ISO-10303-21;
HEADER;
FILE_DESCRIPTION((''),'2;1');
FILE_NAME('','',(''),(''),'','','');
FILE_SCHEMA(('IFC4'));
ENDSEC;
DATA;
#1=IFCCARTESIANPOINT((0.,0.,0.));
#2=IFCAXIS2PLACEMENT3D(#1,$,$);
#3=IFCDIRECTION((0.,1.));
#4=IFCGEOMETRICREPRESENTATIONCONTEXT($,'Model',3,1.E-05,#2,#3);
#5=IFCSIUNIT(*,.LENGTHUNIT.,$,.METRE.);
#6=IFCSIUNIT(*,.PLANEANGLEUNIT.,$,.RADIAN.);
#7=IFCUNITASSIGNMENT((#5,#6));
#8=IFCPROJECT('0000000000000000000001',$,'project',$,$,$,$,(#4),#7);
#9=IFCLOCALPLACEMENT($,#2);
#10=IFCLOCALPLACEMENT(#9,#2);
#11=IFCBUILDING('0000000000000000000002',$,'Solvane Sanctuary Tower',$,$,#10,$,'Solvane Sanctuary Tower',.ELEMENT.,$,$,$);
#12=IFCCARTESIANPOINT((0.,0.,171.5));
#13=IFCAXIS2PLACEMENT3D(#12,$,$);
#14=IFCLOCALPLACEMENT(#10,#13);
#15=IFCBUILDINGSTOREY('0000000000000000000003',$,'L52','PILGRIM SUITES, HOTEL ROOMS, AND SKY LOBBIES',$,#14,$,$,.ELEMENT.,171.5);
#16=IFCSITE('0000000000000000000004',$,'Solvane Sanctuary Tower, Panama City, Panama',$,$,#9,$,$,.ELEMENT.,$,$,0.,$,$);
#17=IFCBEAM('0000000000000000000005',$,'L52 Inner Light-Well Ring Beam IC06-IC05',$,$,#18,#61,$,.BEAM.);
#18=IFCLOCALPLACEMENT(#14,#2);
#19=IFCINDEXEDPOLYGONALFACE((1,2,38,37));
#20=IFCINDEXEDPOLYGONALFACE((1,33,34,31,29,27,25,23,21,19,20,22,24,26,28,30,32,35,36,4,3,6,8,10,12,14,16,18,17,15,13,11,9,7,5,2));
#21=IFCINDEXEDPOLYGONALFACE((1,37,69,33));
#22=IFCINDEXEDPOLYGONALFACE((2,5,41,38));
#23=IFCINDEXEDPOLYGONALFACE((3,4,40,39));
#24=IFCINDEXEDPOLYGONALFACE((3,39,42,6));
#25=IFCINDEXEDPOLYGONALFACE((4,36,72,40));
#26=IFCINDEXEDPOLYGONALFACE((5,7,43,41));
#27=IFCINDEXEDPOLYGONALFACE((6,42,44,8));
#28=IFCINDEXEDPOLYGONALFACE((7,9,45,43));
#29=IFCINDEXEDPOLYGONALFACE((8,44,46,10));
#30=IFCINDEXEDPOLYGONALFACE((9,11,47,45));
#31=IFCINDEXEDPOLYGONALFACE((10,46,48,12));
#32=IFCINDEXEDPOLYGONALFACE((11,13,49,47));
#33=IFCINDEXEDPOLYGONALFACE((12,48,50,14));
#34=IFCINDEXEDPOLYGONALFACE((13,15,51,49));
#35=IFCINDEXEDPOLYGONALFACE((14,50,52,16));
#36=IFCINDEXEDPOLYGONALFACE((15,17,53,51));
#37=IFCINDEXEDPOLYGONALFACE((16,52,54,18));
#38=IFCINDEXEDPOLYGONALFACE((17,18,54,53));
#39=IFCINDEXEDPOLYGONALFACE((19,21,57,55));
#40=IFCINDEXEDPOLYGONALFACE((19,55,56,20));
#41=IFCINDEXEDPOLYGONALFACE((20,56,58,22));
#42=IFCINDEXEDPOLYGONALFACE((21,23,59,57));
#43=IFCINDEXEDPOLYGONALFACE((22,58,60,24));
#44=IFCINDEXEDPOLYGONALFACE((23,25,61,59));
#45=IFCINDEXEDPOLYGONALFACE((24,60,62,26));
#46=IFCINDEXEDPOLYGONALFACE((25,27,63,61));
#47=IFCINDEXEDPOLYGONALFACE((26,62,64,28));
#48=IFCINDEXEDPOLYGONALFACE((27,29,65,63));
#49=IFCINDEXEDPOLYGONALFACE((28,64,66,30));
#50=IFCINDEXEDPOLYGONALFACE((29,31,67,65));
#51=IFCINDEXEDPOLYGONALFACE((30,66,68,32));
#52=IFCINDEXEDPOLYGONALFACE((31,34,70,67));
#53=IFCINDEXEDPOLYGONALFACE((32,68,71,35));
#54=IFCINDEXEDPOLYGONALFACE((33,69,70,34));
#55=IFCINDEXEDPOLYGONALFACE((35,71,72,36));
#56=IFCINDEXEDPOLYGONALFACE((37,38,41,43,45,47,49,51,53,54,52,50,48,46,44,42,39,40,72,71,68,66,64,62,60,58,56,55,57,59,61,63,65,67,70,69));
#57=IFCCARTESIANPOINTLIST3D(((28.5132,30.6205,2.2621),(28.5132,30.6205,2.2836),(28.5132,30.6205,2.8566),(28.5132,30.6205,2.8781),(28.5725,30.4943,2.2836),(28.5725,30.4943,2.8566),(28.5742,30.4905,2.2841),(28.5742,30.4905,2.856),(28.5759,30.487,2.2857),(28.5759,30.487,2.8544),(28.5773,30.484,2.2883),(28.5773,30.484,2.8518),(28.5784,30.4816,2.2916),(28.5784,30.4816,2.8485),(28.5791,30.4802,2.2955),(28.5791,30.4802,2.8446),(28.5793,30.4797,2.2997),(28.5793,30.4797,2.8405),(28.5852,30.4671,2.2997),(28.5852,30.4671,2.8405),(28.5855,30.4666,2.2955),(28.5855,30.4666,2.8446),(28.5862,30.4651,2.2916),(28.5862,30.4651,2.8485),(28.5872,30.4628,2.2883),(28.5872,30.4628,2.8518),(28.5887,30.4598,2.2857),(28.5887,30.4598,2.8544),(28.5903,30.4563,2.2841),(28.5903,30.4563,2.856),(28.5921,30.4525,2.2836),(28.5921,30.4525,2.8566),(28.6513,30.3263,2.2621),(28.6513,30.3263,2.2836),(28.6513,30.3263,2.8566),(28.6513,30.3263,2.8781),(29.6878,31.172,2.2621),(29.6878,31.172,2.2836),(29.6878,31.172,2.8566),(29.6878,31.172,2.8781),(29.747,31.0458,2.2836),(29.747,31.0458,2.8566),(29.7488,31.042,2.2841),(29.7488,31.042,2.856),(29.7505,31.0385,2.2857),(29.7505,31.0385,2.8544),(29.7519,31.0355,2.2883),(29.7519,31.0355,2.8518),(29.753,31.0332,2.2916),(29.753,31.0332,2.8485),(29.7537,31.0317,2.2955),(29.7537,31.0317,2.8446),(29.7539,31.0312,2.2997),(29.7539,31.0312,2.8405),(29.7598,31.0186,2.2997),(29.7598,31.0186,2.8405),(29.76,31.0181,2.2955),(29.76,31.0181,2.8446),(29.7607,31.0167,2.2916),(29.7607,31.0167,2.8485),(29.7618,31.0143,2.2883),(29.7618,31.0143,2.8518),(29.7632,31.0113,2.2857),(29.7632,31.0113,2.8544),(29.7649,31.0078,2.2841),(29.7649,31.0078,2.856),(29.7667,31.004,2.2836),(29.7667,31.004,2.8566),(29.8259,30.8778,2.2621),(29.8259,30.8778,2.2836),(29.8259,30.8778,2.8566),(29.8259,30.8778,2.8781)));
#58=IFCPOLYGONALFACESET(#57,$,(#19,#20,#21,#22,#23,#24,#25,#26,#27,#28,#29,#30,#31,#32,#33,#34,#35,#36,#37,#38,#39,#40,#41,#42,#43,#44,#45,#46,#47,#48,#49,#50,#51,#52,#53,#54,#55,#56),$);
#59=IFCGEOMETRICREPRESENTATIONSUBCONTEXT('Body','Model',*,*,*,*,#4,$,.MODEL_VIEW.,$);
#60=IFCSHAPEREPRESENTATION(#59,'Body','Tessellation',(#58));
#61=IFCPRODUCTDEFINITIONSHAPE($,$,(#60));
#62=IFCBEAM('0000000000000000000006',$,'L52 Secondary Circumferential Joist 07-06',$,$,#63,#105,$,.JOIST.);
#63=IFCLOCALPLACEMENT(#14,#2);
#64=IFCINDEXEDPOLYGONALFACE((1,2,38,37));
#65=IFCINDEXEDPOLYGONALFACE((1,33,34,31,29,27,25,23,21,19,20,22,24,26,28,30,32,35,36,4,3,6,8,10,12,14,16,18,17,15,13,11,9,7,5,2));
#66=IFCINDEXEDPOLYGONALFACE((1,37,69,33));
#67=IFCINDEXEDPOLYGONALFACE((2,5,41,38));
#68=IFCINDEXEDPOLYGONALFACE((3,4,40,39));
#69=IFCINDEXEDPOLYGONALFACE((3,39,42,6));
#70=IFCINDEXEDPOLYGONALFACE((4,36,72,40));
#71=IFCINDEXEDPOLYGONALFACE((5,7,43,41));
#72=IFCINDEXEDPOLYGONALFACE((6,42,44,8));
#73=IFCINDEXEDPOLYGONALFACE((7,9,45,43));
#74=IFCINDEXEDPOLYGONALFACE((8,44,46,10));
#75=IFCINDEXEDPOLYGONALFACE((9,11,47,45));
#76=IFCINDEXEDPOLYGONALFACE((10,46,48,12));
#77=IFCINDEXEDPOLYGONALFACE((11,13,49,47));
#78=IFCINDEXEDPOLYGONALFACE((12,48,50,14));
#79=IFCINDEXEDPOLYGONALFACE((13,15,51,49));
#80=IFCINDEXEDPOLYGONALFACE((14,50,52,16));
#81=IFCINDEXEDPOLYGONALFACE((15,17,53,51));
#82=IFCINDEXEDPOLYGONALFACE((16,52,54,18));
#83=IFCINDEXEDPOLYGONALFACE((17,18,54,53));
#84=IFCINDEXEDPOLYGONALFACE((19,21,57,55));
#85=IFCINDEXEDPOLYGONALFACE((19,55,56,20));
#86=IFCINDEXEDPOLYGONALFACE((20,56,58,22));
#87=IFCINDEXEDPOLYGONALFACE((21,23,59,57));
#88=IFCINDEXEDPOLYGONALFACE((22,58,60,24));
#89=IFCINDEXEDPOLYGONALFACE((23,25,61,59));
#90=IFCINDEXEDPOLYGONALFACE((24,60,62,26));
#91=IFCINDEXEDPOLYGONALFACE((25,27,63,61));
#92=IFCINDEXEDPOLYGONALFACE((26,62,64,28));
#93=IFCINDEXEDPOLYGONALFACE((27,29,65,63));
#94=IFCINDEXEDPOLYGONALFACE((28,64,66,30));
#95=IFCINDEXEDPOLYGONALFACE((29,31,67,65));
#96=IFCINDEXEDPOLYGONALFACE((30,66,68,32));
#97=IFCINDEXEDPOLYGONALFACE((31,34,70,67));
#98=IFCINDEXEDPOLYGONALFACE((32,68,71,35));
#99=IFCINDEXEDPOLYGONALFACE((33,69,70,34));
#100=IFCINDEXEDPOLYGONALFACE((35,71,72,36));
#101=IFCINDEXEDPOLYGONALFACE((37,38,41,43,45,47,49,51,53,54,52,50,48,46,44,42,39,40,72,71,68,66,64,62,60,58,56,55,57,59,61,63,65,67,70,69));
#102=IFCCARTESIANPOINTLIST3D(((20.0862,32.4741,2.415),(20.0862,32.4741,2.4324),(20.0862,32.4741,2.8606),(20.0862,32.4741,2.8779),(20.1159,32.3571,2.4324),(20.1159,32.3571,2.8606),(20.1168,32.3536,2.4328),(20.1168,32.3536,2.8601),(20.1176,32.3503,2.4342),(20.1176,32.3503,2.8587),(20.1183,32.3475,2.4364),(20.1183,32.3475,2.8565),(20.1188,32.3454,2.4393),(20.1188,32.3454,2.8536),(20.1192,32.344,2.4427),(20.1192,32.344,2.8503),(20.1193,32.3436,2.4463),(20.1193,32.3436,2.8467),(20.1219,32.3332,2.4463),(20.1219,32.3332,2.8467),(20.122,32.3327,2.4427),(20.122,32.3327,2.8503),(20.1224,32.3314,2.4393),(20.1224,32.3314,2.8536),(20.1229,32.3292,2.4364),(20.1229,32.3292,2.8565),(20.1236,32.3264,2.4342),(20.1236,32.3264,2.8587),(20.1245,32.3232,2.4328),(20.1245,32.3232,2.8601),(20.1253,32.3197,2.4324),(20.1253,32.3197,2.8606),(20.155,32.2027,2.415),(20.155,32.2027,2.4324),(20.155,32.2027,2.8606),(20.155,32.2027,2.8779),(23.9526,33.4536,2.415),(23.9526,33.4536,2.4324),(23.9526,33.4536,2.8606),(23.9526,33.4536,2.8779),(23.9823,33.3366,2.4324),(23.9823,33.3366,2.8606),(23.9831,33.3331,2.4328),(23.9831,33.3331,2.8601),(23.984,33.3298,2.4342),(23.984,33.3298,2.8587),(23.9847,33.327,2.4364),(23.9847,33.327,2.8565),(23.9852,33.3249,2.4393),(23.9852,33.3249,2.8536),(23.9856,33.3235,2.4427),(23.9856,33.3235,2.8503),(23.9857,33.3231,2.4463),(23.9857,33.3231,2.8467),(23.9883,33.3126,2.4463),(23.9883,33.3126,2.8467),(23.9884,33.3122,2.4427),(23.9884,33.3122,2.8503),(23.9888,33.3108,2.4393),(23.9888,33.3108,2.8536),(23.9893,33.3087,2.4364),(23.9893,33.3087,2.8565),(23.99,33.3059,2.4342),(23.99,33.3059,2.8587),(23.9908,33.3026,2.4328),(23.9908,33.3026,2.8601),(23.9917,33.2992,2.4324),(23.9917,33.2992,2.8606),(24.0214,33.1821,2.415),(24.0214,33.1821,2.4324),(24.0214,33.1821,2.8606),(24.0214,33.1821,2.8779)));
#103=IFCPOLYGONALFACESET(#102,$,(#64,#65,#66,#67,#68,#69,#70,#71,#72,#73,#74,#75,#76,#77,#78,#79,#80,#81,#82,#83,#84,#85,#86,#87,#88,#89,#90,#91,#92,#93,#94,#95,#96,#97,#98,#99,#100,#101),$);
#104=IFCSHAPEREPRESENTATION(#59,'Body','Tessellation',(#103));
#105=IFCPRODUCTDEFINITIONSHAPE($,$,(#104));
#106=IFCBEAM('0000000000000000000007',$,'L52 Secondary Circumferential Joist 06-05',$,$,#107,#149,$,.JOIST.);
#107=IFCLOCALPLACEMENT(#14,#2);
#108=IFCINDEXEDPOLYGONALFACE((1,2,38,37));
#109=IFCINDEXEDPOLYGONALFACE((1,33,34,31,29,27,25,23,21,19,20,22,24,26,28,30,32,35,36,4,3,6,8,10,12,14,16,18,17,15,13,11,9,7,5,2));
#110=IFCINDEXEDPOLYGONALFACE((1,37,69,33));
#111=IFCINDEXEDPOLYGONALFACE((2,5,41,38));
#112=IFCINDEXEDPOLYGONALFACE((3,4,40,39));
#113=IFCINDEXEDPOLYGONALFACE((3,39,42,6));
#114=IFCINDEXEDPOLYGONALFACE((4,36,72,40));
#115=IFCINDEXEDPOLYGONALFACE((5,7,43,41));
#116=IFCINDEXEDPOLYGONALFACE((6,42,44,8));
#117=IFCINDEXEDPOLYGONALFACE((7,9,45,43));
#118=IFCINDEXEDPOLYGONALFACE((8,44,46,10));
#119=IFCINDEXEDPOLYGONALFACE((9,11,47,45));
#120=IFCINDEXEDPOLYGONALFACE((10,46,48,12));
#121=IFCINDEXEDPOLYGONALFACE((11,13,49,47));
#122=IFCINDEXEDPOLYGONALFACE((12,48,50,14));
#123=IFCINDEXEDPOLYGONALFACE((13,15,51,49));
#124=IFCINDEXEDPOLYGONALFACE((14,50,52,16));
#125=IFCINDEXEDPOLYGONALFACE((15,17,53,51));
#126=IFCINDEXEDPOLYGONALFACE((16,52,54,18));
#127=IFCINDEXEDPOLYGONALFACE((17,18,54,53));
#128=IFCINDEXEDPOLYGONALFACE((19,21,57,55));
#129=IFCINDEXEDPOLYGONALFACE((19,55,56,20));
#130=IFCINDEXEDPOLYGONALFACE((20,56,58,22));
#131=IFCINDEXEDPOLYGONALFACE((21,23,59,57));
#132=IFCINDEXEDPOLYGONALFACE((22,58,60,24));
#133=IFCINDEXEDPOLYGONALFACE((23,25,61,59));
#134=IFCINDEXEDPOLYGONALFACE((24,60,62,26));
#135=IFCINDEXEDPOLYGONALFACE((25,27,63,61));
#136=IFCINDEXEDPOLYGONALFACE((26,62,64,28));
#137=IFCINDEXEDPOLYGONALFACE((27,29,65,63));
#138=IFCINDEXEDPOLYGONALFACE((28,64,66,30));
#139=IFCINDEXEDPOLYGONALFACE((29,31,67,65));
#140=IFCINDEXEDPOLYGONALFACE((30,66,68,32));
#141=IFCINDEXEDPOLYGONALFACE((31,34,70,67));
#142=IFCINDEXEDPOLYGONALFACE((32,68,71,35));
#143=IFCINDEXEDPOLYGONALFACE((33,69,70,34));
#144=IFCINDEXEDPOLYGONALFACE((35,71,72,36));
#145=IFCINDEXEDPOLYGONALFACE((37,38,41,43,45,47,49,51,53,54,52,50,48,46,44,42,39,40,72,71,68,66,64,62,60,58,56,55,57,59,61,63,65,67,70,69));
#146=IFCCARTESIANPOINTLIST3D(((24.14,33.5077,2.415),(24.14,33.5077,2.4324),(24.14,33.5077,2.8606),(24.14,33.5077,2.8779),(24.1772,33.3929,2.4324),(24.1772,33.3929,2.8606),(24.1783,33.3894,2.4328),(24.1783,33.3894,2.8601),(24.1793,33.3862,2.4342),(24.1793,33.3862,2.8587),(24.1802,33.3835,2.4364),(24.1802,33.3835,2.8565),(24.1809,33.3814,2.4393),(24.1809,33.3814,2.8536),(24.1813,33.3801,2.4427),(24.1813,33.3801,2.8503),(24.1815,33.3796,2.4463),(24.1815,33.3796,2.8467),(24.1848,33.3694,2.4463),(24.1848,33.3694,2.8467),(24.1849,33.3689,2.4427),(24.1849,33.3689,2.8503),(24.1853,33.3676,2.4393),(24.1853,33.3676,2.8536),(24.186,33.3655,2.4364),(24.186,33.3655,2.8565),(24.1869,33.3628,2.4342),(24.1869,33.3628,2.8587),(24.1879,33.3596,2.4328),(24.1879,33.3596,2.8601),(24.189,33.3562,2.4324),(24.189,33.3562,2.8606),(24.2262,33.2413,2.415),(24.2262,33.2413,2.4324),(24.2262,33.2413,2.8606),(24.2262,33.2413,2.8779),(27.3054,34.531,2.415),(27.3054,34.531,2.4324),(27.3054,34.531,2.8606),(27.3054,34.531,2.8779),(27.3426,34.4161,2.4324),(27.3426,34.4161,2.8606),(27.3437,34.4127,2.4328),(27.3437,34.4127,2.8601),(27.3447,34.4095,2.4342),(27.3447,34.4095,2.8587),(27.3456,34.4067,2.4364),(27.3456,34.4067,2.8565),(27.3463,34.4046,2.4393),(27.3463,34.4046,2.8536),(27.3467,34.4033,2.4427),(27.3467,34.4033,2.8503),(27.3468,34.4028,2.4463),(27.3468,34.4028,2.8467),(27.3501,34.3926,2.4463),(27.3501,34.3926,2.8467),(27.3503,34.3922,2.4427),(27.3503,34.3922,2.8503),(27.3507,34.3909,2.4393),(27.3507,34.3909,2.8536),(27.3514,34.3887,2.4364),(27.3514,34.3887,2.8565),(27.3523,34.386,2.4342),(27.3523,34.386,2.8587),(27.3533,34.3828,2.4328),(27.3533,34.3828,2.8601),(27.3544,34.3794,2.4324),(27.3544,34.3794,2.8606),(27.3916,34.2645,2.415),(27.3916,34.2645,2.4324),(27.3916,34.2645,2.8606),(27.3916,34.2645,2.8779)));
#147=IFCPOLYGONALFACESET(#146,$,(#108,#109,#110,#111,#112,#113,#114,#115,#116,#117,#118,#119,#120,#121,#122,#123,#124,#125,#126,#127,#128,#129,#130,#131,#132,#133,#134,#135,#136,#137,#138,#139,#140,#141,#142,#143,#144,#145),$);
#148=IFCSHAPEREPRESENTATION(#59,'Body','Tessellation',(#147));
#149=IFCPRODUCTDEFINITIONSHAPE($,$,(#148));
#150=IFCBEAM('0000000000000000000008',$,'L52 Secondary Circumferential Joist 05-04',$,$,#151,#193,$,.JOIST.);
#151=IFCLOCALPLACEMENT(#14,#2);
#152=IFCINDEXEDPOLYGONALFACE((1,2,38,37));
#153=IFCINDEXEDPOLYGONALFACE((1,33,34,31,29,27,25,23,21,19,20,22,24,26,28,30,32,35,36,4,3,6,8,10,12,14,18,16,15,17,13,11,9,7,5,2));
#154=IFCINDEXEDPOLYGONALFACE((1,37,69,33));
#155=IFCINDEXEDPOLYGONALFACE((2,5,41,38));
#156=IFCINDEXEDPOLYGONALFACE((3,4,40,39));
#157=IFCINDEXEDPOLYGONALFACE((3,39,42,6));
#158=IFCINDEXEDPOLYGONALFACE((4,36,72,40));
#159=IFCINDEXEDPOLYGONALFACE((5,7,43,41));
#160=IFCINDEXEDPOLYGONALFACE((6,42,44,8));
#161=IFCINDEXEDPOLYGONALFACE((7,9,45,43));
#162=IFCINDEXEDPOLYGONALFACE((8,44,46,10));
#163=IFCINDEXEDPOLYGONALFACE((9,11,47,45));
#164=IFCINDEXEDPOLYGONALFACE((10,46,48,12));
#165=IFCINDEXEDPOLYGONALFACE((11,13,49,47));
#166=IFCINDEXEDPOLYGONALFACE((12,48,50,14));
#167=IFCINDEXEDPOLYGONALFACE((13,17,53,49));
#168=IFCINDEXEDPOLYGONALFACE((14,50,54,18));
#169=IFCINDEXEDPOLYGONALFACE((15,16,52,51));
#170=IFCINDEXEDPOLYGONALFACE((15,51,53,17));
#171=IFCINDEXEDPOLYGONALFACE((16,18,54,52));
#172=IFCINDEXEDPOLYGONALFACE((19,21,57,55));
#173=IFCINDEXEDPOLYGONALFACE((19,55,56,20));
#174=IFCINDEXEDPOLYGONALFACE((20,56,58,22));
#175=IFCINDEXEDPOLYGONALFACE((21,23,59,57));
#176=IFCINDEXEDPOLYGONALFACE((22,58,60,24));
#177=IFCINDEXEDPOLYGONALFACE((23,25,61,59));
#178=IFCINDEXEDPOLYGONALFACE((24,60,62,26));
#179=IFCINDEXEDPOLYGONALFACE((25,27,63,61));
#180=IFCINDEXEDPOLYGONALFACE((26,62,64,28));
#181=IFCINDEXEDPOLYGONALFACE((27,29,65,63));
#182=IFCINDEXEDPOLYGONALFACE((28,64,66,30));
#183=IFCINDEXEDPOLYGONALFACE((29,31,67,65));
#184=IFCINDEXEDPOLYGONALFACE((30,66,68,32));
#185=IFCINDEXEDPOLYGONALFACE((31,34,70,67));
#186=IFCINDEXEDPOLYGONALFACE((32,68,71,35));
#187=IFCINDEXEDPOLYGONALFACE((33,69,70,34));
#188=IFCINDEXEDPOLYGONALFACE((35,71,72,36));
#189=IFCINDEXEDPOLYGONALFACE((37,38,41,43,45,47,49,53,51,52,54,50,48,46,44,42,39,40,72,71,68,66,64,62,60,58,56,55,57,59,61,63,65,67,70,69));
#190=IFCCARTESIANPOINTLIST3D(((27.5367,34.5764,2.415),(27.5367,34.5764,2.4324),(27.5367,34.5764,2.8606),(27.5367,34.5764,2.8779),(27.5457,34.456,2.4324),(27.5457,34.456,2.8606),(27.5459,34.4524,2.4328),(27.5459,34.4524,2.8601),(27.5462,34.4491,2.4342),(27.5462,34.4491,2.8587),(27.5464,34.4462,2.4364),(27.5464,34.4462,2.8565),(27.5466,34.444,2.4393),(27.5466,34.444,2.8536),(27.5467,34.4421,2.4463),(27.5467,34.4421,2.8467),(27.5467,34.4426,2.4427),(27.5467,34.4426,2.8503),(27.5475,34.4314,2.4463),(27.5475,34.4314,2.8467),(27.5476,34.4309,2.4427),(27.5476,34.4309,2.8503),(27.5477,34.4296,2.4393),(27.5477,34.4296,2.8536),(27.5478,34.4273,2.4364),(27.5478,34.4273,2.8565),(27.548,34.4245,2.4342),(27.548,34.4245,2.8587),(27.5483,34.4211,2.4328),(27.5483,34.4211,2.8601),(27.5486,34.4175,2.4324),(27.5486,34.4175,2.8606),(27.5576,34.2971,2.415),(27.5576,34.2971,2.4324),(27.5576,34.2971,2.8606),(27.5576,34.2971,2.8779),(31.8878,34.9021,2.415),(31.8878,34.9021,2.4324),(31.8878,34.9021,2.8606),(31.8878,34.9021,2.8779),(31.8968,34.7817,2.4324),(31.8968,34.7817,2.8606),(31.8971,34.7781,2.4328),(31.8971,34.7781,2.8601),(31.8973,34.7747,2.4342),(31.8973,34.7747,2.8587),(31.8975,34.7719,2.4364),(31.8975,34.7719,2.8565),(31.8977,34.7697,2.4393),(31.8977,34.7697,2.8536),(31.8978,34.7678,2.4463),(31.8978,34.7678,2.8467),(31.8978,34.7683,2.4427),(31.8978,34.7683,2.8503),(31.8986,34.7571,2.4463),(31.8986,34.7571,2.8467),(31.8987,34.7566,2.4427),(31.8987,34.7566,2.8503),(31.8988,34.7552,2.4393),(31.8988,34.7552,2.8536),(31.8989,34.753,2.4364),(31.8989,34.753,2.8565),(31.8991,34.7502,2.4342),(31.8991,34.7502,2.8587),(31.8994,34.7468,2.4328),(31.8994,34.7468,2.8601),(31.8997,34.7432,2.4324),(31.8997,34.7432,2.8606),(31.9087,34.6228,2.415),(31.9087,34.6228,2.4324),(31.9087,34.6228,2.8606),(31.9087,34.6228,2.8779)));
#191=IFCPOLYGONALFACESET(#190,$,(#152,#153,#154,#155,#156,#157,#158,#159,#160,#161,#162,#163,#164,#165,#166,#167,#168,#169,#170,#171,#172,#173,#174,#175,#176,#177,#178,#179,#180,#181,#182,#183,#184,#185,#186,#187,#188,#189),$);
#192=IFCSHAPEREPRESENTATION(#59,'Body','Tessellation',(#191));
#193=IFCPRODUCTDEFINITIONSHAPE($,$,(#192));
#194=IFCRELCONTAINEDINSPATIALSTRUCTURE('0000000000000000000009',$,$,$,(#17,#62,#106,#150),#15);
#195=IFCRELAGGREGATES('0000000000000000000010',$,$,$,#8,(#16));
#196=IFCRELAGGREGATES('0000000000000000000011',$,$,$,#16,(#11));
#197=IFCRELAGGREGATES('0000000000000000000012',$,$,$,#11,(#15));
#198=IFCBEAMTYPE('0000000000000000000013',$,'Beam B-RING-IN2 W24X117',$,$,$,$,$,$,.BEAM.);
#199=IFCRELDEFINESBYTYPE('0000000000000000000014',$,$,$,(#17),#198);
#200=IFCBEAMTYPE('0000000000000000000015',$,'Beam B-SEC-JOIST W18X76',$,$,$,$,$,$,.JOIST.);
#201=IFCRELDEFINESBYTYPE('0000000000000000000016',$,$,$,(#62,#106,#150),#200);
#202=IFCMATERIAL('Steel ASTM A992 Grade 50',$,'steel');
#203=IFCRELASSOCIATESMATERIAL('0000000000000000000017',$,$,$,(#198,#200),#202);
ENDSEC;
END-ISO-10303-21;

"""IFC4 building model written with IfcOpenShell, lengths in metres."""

from ifc_helpers import new_model, si_unit, direction, frame, origin, origin_2d, place, context, subcontext, project, spatial, i_section, extrude, material, material_profile, profile_set, type_object, element, save


model = new_model("IFC4")

# Units and contexts
model_context = context("Model", 3, precision=1e-05, world=origin(), true_north=direction((0.0, 1.0)))
body_context = subcontext(model_context, "Body", "Model", "MODEL_VIEW")
ifc_project = project(units=[si_unit("LENGTHUNIT", "METRE"), si_unit("PLANEANGLEUNIT", "RADIAN")], contexts=[model_context])

# Site, building, storey
site_placement = place(None, origin())
site = spatial("IfcSite", under=ifc_project, at=site_placement, Name="Solvane Sanctuary Tower, Panama City, Panama", CompositionType="ELEMENT", RefElevation=0.0)
building_placement = place(site_placement, origin())
building = spatial("IfcBuilding", under=site, at=building_placement, Name="Solvane Sanctuary Tower", LongName="Solvane Sanctuary Tower", CompositionType="ELEMENT")
storey_placement = place(building_placement, frame((0.0, 0.0, 171.5)))
storey = spatial("IfcBuildingStorey", under=building, at=storey_placement, Name="L52", Description="PILGRIM SUITES, HOTEL ROOMS, AND SKY LOBBIES", CompositionType="ELEMENT", Elevation=171.5)

# Beams
ifc_material_1 = material(Name="Steel ASTM A992 Grade 50", Category="steel")
ifc_material_profile_1 = material_profile(ifc_material_1, i_section(OverallWidth=0.325, OverallDepth=0.616, WebThickness=0.0139, FlangeThickness=0.0215, FilletRadius=0.0161, at=origin_2d()), Name="W24X117")
ifc_profile_set_1 = profile_set([ifc_material_profile_1], Name="Steel ASTM A992 Grade 50")
beam_type_1 = type_object("IfcBeamType", Name="Beam B-RING-IN2 W24X117", PredefinedType="BEAM", material=ifc_profile_set_1)
beam_1_placement = place(storey_placement, frame((28.5823, 30.4734, 2.5701), z_axis=(0.905181, 0.425027, 0.0), x_axis=(-0.425027, 0.905181, 0.0)))
element("IfcBeam", 1, at=beam_1_placement, inside=storey, type_object=beam_type_1, Name="L52 Inner Light-Well Ring Beam IC06-IC05", PredefinedType="BEAM", context=body_context, shape_type="SweptSolid", body=[
    extrude(i_section(OverallWidth=0.325, OverallDepth=0.616, WebThickness=0.0139, FlangeThickness=0.0215, FilletRadius=0.0161, at=origin_2d()), origin(), (0.0, 0.0, 1.0), 1.2976),
])
ifc_material_profile_2 = material_profile(ifc_material_1, i_section(OverallWidth=0.28, OverallDepth=0.4629, WebThickness=0.0107, FlangeThickness=0.0173, FilletRadius=0.0139, at=origin_2d()), Name="W18X76")
ifc_profile_set_2 = profile_set([ifc_material_profile_2], Name="Steel ASTM A992 Grade 50")
beam_type_2 = type_object("IfcBeamType", Name="Beam B-SEC-JOIST W18X76", PredefinedType="JOIST", material=ifc_profile_set_2)
beam_2_placement = place(storey_placement, frame((20.1206, 32.3384, 2.6465), z_axis=(0.969378, 0.245573, 0.0), x_axis=(-0.245573, 0.969378, 0.0)))
element("IfcBeam", 2, at=beam_2_placement, inside=storey, type_object=beam_type_2, Name="L52 Secondary Circumferential Joist 07-06", PredefinedType="JOIST", context=body_context, shape_type="SweptSolid", body=[
    extrude(i_section(OverallWidth=0.28, OverallDepth=0.4629, WebThickness=0.0107, FlangeThickness=0.0173, FilletRadius=0.0139, at=origin_2d()), origin(), (0.0, 0.0, 1.0), 3.9885),
])
beam_3_placement = place(storey_placement, frame((24.1831, 33.3745, 2.6465), z_axis=(0.951521, 0.307584, 0.0), x_axis=(-0.307584, 0.951521, 0.0)))
element("IfcBeam", 3, at=beam_3_placement, inside=storey, type_object=beam_type_2, Name="L52 Secondary Circumferential Joist 06-05", PredefinedType="JOIST", context=body_context, shape_type="SweptSolid", body=[
    extrude(i_section(OverallWidth=0.28, OverallDepth=0.4629, WebThickness=0.0107, FlangeThickness=0.0173, FilletRadius=0.0139, at=origin_2d()), origin(), (0.0, 0.0, 1.0), 3.3267),
])
beam_4_placement = place(storey_placement, frame((27.5471, 34.4368, 2.6465), z_axis=(0.99721, 0.074642, 0.0), x_axis=(-0.074642, 0.99721, 0.0)))
element("IfcBeam", 4, at=beam_4_placement, inside=storey, type_object=beam_type_2, Name="L52 Secondary Circumferential Joist 05-04", PredefinedType="JOIST", context=body_context, shape_type="SweptSolid", body=[
    extrude(i_section(OverallWidth=0.28, OverallDepth=0.4629, WebThickness=0.0107, FlangeThickness=0.0173, FilletRadius=0.0139, at=origin_2d()), origin(), (0.0, 0.0, 1.0), 4.3633),
])

save(model, "model.ifc")
